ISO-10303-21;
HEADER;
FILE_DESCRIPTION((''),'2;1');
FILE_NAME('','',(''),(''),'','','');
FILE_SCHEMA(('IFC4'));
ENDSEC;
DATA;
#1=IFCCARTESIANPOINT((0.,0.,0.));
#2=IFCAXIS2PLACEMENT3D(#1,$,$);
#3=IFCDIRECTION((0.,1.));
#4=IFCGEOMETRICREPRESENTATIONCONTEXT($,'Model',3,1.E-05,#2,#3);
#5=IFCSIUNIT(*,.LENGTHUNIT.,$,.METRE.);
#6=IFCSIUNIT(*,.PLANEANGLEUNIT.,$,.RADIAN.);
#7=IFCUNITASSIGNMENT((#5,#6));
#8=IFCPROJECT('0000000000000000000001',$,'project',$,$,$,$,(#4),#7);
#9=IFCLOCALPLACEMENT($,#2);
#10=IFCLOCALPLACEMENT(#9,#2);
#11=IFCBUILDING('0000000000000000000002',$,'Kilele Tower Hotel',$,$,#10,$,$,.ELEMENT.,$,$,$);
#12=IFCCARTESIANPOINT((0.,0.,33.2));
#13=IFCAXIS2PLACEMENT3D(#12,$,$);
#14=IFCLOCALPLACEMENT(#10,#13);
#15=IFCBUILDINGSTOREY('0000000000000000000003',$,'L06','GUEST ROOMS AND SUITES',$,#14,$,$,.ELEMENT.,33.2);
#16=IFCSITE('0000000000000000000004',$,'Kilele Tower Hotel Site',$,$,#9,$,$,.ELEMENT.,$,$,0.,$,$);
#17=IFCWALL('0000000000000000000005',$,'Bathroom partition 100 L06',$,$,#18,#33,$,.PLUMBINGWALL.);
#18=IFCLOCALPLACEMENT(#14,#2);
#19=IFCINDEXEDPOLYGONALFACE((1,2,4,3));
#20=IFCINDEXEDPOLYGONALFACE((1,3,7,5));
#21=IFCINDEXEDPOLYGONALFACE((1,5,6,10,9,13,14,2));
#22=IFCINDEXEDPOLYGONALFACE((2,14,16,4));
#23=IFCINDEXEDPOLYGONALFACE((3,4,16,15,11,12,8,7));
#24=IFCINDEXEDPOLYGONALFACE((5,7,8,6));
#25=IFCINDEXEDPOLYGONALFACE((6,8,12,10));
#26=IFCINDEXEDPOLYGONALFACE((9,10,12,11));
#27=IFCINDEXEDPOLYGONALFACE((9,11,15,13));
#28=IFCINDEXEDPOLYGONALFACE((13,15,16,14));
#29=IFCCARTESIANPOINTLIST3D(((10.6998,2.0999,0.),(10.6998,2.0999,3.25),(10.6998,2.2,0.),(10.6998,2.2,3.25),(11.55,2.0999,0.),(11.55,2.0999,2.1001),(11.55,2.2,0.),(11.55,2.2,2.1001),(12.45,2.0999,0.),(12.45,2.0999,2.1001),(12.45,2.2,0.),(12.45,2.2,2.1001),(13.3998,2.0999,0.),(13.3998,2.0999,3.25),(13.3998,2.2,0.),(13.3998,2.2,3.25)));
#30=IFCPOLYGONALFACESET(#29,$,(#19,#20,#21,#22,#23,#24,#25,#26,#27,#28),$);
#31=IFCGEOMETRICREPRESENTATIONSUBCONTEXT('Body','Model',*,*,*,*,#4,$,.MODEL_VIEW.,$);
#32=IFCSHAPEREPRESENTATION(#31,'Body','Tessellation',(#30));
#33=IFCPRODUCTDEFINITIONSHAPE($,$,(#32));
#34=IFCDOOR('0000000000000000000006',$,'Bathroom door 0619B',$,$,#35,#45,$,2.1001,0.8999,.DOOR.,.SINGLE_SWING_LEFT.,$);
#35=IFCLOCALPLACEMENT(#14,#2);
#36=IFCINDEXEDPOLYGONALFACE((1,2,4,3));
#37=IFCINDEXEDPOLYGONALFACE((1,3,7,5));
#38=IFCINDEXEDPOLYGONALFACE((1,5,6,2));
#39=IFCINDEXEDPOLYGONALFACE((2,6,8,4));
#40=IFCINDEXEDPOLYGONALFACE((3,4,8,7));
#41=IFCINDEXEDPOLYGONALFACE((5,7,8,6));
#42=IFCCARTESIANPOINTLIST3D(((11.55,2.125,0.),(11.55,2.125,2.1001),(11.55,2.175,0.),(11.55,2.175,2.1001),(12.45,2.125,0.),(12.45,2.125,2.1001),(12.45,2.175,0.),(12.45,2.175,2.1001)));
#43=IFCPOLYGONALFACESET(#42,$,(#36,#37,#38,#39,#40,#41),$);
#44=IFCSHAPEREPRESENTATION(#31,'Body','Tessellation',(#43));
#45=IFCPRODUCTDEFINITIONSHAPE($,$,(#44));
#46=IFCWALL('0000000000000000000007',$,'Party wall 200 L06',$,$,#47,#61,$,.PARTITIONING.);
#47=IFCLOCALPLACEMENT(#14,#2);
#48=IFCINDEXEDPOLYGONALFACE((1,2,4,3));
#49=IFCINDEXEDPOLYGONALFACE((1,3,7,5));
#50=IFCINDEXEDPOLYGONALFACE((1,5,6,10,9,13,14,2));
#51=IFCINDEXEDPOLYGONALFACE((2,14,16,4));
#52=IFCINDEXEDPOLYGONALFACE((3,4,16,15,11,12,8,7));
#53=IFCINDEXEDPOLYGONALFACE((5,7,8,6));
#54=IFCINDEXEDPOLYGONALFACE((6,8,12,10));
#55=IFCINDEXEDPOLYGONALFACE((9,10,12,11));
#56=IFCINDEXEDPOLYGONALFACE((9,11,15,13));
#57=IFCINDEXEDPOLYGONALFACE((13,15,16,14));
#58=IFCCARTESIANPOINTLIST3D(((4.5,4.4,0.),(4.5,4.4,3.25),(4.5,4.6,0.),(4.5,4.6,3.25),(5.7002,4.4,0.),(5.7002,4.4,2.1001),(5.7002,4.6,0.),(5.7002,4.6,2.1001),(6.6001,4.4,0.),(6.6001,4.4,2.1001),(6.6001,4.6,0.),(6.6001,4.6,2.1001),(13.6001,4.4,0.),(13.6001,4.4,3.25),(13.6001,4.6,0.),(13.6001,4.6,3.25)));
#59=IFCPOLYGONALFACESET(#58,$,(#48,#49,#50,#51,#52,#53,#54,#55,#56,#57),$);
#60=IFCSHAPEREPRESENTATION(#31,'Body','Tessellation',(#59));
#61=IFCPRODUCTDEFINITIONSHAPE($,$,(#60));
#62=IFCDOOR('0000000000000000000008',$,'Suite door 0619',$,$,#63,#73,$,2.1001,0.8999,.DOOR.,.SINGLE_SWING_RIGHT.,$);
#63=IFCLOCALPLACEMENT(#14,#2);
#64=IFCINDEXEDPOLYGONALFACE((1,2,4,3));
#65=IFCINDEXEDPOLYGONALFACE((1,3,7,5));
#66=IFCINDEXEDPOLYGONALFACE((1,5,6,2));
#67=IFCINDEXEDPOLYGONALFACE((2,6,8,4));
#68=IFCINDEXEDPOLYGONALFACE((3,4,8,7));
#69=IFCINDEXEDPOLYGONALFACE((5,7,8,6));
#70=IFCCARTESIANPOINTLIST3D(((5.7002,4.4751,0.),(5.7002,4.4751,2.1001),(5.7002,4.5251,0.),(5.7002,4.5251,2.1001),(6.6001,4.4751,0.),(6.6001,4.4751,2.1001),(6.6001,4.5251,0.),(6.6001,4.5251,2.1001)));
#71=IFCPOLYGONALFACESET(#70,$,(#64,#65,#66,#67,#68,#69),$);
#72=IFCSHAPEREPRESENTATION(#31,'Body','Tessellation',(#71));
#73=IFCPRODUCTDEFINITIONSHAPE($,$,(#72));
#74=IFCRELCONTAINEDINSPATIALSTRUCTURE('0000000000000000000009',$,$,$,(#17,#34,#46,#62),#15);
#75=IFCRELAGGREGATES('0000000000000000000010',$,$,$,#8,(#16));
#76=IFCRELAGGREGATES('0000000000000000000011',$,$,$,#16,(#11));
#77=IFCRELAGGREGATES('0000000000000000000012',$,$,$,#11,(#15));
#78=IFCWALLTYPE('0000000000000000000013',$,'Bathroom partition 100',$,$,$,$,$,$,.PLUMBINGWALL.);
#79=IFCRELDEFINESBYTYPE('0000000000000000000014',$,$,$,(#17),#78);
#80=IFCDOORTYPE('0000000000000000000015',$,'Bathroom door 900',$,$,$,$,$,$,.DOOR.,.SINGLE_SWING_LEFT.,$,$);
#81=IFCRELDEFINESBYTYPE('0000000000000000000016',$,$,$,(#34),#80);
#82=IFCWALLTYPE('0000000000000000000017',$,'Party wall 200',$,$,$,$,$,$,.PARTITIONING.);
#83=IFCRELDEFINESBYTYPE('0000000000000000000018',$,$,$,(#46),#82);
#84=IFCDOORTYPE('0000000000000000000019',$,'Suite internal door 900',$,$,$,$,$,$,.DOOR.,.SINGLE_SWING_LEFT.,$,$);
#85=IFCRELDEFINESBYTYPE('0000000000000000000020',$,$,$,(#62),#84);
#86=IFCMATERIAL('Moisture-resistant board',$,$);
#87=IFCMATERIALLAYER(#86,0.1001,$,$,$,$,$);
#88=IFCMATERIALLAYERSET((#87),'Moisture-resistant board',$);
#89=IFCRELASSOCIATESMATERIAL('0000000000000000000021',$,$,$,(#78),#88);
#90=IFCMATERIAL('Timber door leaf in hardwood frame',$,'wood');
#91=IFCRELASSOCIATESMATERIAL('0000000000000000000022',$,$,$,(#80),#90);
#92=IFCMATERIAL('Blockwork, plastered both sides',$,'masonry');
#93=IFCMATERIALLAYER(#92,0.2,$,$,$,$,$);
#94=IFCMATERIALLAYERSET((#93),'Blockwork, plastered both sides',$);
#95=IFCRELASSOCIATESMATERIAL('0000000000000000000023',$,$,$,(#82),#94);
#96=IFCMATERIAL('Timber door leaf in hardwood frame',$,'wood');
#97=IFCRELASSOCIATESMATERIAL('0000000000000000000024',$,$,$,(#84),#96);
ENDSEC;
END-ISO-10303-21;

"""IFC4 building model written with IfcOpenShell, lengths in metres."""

from ifc_helpers import new_model, si_unit, direction, frame, frame_2d, origin, place, context, subcontext, project, spatial, rectangle, extrude, material, layer, layer_set, type_object, element, fill, save


model = new_model("IFC4")

# Units and contexts
model_context = context("Model", 3, precision=1e-05, world=origin(), true_north=direction((0.0, 1.0)))
body_context = subcontext(model_context, "Body", "Model", "MODEL_VIEW")
ifc_project = project(units=[si_unit("LENGTHUNIT", "METRE"), si_unit("PLANEANGLEUNIT", "RADIAN")], contexts=[model_context])

# Site, building, storey
site_placement = place(None, origin())
site = spatial("IfcSite", under=ifc_project, at=site_placement, Name="Kilele Tower Hotel Site", CompositionType="ELEMENT", RefElevation=0.0)
building_placement = place(site_placement, origin())
building = spatial("IfcBuilding", under=site, at=building_placement, Name="Kilele Tower Hotel", CompositionType="ELEMENT")
storey_placement = place(building_placement, frame((0.0, 0.0, 33.2)))
storey = spatial("IfcBuildingStorey", under=building, at=storey_placement, Name="L06", Description="GUEST ROOMS AND SUITES", CompositionType="ELEMENT", Elevation=33.2)

# Shared definitions
ifc_material_1 = material(Name="Moisture-resistant board")
ifc_layer_1 = layer(ifc_material_1, 0.1001)
ifc_layer_set_1 = layer_set([ifc_layer_1], Name="Moisture-resistant board")
wall_type_1 = type_object("IfcWallType", Name="Bathroom partition 100", PredefinedType="PLUMBINGWALL", material=ifc_layer_set_1)

# Shared definitions
ifc_material_2 = material(Name="Timber door leaf in hardwood frame", Category="wood")
door_type_1 = type_object("IfcDoorType", Name="Bathroom door 900", OperationType="SINGLE_SWING_LEFT", PredefinedType="DOOR", material=ifc_material_2)

# Walls, openings, doors
wall_1_placement = place(storey_placement, frame((13.3999, 2.1499, 0.0), z_axis=(0.0, 0.0, 1.0), x_axis=(-1.0, 0.0, 0.0)))
wall_1 = element("IfcWall", 1, at=wall_1_placement, inside=storey, type_object=wall_type_1, Name="Bathroom partition 100 L06", PredefinedType="PLUMBINGWALL", context=body_context, shape_type="SweptSolid", body=[
    extrude(rectangle(XDim=2.7, YDim=0.1001, at=frame_2d((1.3501, 0.0))), origin(), (0.0, 0.0, 1.0), 3.25),
])
opening_1_placement = place(wall_1_placement, frame((0.95, 0.0, 0.0)))
opening_1 = element("IfcOpeningElement", 2, at=opening_1_placement, cuts=wall_1, PredefinedType="OPENING", context=body_context, shape_type="SweptSolid", body=[
    extrude(rectangle(XDim=0.8999, YDim=2.1001, at=frame_2d((0.45, 1.05))), frame((0.0, 0.0601, 0.0), z_axis=(0.0, -1.0, 0.0), x_axis=(1.0, 0.0, 0.0)), (0.0, 0.0, 1.0), 0.1201),
])
door_1_placement = place(opening_1_placement, origin())
door_1 = element("IfcDoor", 3, at=door_1_placement, inside=storey, type_object=door_type_1, Name="Bathroom door 0619B", OperationType="SINGLE_SWING_LEFT", OverallHeight=2.1001, OverallWidth=0.8999, PredefinedType="DOOR", context=body_context, shape_type="SweptSolid", body=[
    extrude(rectangle(XDim=0.8999, YDim=2.1001, at=frame_2d((0.45, 1.05))), frame((0.0, 0.0249, 0.0), z_axis=(0.0, -1.0, 0.0), x_axis=(1.0, 0.0, 0.0)), (0.0, 0.0, 1.0), 0.05),
])
fill(opening_1, door_1)
ifc_material_3 = material(Name="Blockwork, plastered both sides", Category="masonry")
ifc_layer_2 = layer(ifc_material_3, 0.2)
ifc_layer_set_2 = layer_set([ifc_layer_2], Name="Blockwork, plastered both sides")
wall_type_2 = type_object("IfcWallType", Name="Party wall 200", PredefinedType="PARTITIONING", material=ifc_layer_set_2)
wall_2_placement = place(storey_placement, frame((13.6001, 4.5, 0.0), z_axis=(0.0, 0.0, 1.0), x_axis=(-1.0, 0.0, 0.0)))
wall_2 = element("IfcWall", 4, at=wall_2_placement, inside=storey, type_object=wall_type_2, Name="Party wall 200 L06", PredefinedType="PARTITIONING", context=body_context, shape_type="SweptSolid", body=[
    extrude(rectangle(XDim=9.1001, YDim=0.2, at=frame_2d((4.55, 0.0))), origin(), (0.0, 0.0, 1.0), 3.25),
])
opening_2_placement = place(wall_2_placement, frame((7.0, 0.0, 0.0)))
opening_2 = element("IfcOpeningElement", 5, at=opening_2_placement, cuts=wall_2, PredefinedType="OPENING", context=body_context, shape_type="SweptSolid", body=[
    extrude(rectangle(XDim=0.8999, YDim=2.1001, at=frame_2d((0.45, 1.05))), frame((0.0, 0.1099, 0.0), z_axis=(0.0, -1.0, 0.0), x_axis=(1.0, 0.0, 0.0)), (0.0, 0.0, 1.0), 0.22),
])
ifc_material_4 = material(Name="Timber door leaf in hardwood frame", Category="wood")
door_type_2 = type_object("IfcDoorType", Name="Suite internal door 900", OperationType="SINGLE_SWING_LEFT", PredefinedType="DOOR", material=ifc_material_4)
door_2_placement = place(opening_2_placement, origin())
door_2 = element("IfcDoor", 6, at=door_2_placement, inside=storey, type_object=door_type_2, Name="Suite door 0619", OperationType="SINGLE_SWING_RIGHT", OverallHeight=2.1001, OverallWidth=0.8999, PredefinedType="DOOR", context=body_context, shape_type="SweptSolid", body=[
    extrude(rectangle(XDim=0.8999, YDim=2.1001, at=frame_2d((0.45, 1.05))), frame((0.0, 0.0249, 0.0), z_axis=(0.0, -1.0, 0.0), x_axis=(1.0, 0.0, 0.0)), (0.0, 0.0, 1.0), 0.05),
])
fill(opening_2, door_2)

save(model, "model.ifc")
